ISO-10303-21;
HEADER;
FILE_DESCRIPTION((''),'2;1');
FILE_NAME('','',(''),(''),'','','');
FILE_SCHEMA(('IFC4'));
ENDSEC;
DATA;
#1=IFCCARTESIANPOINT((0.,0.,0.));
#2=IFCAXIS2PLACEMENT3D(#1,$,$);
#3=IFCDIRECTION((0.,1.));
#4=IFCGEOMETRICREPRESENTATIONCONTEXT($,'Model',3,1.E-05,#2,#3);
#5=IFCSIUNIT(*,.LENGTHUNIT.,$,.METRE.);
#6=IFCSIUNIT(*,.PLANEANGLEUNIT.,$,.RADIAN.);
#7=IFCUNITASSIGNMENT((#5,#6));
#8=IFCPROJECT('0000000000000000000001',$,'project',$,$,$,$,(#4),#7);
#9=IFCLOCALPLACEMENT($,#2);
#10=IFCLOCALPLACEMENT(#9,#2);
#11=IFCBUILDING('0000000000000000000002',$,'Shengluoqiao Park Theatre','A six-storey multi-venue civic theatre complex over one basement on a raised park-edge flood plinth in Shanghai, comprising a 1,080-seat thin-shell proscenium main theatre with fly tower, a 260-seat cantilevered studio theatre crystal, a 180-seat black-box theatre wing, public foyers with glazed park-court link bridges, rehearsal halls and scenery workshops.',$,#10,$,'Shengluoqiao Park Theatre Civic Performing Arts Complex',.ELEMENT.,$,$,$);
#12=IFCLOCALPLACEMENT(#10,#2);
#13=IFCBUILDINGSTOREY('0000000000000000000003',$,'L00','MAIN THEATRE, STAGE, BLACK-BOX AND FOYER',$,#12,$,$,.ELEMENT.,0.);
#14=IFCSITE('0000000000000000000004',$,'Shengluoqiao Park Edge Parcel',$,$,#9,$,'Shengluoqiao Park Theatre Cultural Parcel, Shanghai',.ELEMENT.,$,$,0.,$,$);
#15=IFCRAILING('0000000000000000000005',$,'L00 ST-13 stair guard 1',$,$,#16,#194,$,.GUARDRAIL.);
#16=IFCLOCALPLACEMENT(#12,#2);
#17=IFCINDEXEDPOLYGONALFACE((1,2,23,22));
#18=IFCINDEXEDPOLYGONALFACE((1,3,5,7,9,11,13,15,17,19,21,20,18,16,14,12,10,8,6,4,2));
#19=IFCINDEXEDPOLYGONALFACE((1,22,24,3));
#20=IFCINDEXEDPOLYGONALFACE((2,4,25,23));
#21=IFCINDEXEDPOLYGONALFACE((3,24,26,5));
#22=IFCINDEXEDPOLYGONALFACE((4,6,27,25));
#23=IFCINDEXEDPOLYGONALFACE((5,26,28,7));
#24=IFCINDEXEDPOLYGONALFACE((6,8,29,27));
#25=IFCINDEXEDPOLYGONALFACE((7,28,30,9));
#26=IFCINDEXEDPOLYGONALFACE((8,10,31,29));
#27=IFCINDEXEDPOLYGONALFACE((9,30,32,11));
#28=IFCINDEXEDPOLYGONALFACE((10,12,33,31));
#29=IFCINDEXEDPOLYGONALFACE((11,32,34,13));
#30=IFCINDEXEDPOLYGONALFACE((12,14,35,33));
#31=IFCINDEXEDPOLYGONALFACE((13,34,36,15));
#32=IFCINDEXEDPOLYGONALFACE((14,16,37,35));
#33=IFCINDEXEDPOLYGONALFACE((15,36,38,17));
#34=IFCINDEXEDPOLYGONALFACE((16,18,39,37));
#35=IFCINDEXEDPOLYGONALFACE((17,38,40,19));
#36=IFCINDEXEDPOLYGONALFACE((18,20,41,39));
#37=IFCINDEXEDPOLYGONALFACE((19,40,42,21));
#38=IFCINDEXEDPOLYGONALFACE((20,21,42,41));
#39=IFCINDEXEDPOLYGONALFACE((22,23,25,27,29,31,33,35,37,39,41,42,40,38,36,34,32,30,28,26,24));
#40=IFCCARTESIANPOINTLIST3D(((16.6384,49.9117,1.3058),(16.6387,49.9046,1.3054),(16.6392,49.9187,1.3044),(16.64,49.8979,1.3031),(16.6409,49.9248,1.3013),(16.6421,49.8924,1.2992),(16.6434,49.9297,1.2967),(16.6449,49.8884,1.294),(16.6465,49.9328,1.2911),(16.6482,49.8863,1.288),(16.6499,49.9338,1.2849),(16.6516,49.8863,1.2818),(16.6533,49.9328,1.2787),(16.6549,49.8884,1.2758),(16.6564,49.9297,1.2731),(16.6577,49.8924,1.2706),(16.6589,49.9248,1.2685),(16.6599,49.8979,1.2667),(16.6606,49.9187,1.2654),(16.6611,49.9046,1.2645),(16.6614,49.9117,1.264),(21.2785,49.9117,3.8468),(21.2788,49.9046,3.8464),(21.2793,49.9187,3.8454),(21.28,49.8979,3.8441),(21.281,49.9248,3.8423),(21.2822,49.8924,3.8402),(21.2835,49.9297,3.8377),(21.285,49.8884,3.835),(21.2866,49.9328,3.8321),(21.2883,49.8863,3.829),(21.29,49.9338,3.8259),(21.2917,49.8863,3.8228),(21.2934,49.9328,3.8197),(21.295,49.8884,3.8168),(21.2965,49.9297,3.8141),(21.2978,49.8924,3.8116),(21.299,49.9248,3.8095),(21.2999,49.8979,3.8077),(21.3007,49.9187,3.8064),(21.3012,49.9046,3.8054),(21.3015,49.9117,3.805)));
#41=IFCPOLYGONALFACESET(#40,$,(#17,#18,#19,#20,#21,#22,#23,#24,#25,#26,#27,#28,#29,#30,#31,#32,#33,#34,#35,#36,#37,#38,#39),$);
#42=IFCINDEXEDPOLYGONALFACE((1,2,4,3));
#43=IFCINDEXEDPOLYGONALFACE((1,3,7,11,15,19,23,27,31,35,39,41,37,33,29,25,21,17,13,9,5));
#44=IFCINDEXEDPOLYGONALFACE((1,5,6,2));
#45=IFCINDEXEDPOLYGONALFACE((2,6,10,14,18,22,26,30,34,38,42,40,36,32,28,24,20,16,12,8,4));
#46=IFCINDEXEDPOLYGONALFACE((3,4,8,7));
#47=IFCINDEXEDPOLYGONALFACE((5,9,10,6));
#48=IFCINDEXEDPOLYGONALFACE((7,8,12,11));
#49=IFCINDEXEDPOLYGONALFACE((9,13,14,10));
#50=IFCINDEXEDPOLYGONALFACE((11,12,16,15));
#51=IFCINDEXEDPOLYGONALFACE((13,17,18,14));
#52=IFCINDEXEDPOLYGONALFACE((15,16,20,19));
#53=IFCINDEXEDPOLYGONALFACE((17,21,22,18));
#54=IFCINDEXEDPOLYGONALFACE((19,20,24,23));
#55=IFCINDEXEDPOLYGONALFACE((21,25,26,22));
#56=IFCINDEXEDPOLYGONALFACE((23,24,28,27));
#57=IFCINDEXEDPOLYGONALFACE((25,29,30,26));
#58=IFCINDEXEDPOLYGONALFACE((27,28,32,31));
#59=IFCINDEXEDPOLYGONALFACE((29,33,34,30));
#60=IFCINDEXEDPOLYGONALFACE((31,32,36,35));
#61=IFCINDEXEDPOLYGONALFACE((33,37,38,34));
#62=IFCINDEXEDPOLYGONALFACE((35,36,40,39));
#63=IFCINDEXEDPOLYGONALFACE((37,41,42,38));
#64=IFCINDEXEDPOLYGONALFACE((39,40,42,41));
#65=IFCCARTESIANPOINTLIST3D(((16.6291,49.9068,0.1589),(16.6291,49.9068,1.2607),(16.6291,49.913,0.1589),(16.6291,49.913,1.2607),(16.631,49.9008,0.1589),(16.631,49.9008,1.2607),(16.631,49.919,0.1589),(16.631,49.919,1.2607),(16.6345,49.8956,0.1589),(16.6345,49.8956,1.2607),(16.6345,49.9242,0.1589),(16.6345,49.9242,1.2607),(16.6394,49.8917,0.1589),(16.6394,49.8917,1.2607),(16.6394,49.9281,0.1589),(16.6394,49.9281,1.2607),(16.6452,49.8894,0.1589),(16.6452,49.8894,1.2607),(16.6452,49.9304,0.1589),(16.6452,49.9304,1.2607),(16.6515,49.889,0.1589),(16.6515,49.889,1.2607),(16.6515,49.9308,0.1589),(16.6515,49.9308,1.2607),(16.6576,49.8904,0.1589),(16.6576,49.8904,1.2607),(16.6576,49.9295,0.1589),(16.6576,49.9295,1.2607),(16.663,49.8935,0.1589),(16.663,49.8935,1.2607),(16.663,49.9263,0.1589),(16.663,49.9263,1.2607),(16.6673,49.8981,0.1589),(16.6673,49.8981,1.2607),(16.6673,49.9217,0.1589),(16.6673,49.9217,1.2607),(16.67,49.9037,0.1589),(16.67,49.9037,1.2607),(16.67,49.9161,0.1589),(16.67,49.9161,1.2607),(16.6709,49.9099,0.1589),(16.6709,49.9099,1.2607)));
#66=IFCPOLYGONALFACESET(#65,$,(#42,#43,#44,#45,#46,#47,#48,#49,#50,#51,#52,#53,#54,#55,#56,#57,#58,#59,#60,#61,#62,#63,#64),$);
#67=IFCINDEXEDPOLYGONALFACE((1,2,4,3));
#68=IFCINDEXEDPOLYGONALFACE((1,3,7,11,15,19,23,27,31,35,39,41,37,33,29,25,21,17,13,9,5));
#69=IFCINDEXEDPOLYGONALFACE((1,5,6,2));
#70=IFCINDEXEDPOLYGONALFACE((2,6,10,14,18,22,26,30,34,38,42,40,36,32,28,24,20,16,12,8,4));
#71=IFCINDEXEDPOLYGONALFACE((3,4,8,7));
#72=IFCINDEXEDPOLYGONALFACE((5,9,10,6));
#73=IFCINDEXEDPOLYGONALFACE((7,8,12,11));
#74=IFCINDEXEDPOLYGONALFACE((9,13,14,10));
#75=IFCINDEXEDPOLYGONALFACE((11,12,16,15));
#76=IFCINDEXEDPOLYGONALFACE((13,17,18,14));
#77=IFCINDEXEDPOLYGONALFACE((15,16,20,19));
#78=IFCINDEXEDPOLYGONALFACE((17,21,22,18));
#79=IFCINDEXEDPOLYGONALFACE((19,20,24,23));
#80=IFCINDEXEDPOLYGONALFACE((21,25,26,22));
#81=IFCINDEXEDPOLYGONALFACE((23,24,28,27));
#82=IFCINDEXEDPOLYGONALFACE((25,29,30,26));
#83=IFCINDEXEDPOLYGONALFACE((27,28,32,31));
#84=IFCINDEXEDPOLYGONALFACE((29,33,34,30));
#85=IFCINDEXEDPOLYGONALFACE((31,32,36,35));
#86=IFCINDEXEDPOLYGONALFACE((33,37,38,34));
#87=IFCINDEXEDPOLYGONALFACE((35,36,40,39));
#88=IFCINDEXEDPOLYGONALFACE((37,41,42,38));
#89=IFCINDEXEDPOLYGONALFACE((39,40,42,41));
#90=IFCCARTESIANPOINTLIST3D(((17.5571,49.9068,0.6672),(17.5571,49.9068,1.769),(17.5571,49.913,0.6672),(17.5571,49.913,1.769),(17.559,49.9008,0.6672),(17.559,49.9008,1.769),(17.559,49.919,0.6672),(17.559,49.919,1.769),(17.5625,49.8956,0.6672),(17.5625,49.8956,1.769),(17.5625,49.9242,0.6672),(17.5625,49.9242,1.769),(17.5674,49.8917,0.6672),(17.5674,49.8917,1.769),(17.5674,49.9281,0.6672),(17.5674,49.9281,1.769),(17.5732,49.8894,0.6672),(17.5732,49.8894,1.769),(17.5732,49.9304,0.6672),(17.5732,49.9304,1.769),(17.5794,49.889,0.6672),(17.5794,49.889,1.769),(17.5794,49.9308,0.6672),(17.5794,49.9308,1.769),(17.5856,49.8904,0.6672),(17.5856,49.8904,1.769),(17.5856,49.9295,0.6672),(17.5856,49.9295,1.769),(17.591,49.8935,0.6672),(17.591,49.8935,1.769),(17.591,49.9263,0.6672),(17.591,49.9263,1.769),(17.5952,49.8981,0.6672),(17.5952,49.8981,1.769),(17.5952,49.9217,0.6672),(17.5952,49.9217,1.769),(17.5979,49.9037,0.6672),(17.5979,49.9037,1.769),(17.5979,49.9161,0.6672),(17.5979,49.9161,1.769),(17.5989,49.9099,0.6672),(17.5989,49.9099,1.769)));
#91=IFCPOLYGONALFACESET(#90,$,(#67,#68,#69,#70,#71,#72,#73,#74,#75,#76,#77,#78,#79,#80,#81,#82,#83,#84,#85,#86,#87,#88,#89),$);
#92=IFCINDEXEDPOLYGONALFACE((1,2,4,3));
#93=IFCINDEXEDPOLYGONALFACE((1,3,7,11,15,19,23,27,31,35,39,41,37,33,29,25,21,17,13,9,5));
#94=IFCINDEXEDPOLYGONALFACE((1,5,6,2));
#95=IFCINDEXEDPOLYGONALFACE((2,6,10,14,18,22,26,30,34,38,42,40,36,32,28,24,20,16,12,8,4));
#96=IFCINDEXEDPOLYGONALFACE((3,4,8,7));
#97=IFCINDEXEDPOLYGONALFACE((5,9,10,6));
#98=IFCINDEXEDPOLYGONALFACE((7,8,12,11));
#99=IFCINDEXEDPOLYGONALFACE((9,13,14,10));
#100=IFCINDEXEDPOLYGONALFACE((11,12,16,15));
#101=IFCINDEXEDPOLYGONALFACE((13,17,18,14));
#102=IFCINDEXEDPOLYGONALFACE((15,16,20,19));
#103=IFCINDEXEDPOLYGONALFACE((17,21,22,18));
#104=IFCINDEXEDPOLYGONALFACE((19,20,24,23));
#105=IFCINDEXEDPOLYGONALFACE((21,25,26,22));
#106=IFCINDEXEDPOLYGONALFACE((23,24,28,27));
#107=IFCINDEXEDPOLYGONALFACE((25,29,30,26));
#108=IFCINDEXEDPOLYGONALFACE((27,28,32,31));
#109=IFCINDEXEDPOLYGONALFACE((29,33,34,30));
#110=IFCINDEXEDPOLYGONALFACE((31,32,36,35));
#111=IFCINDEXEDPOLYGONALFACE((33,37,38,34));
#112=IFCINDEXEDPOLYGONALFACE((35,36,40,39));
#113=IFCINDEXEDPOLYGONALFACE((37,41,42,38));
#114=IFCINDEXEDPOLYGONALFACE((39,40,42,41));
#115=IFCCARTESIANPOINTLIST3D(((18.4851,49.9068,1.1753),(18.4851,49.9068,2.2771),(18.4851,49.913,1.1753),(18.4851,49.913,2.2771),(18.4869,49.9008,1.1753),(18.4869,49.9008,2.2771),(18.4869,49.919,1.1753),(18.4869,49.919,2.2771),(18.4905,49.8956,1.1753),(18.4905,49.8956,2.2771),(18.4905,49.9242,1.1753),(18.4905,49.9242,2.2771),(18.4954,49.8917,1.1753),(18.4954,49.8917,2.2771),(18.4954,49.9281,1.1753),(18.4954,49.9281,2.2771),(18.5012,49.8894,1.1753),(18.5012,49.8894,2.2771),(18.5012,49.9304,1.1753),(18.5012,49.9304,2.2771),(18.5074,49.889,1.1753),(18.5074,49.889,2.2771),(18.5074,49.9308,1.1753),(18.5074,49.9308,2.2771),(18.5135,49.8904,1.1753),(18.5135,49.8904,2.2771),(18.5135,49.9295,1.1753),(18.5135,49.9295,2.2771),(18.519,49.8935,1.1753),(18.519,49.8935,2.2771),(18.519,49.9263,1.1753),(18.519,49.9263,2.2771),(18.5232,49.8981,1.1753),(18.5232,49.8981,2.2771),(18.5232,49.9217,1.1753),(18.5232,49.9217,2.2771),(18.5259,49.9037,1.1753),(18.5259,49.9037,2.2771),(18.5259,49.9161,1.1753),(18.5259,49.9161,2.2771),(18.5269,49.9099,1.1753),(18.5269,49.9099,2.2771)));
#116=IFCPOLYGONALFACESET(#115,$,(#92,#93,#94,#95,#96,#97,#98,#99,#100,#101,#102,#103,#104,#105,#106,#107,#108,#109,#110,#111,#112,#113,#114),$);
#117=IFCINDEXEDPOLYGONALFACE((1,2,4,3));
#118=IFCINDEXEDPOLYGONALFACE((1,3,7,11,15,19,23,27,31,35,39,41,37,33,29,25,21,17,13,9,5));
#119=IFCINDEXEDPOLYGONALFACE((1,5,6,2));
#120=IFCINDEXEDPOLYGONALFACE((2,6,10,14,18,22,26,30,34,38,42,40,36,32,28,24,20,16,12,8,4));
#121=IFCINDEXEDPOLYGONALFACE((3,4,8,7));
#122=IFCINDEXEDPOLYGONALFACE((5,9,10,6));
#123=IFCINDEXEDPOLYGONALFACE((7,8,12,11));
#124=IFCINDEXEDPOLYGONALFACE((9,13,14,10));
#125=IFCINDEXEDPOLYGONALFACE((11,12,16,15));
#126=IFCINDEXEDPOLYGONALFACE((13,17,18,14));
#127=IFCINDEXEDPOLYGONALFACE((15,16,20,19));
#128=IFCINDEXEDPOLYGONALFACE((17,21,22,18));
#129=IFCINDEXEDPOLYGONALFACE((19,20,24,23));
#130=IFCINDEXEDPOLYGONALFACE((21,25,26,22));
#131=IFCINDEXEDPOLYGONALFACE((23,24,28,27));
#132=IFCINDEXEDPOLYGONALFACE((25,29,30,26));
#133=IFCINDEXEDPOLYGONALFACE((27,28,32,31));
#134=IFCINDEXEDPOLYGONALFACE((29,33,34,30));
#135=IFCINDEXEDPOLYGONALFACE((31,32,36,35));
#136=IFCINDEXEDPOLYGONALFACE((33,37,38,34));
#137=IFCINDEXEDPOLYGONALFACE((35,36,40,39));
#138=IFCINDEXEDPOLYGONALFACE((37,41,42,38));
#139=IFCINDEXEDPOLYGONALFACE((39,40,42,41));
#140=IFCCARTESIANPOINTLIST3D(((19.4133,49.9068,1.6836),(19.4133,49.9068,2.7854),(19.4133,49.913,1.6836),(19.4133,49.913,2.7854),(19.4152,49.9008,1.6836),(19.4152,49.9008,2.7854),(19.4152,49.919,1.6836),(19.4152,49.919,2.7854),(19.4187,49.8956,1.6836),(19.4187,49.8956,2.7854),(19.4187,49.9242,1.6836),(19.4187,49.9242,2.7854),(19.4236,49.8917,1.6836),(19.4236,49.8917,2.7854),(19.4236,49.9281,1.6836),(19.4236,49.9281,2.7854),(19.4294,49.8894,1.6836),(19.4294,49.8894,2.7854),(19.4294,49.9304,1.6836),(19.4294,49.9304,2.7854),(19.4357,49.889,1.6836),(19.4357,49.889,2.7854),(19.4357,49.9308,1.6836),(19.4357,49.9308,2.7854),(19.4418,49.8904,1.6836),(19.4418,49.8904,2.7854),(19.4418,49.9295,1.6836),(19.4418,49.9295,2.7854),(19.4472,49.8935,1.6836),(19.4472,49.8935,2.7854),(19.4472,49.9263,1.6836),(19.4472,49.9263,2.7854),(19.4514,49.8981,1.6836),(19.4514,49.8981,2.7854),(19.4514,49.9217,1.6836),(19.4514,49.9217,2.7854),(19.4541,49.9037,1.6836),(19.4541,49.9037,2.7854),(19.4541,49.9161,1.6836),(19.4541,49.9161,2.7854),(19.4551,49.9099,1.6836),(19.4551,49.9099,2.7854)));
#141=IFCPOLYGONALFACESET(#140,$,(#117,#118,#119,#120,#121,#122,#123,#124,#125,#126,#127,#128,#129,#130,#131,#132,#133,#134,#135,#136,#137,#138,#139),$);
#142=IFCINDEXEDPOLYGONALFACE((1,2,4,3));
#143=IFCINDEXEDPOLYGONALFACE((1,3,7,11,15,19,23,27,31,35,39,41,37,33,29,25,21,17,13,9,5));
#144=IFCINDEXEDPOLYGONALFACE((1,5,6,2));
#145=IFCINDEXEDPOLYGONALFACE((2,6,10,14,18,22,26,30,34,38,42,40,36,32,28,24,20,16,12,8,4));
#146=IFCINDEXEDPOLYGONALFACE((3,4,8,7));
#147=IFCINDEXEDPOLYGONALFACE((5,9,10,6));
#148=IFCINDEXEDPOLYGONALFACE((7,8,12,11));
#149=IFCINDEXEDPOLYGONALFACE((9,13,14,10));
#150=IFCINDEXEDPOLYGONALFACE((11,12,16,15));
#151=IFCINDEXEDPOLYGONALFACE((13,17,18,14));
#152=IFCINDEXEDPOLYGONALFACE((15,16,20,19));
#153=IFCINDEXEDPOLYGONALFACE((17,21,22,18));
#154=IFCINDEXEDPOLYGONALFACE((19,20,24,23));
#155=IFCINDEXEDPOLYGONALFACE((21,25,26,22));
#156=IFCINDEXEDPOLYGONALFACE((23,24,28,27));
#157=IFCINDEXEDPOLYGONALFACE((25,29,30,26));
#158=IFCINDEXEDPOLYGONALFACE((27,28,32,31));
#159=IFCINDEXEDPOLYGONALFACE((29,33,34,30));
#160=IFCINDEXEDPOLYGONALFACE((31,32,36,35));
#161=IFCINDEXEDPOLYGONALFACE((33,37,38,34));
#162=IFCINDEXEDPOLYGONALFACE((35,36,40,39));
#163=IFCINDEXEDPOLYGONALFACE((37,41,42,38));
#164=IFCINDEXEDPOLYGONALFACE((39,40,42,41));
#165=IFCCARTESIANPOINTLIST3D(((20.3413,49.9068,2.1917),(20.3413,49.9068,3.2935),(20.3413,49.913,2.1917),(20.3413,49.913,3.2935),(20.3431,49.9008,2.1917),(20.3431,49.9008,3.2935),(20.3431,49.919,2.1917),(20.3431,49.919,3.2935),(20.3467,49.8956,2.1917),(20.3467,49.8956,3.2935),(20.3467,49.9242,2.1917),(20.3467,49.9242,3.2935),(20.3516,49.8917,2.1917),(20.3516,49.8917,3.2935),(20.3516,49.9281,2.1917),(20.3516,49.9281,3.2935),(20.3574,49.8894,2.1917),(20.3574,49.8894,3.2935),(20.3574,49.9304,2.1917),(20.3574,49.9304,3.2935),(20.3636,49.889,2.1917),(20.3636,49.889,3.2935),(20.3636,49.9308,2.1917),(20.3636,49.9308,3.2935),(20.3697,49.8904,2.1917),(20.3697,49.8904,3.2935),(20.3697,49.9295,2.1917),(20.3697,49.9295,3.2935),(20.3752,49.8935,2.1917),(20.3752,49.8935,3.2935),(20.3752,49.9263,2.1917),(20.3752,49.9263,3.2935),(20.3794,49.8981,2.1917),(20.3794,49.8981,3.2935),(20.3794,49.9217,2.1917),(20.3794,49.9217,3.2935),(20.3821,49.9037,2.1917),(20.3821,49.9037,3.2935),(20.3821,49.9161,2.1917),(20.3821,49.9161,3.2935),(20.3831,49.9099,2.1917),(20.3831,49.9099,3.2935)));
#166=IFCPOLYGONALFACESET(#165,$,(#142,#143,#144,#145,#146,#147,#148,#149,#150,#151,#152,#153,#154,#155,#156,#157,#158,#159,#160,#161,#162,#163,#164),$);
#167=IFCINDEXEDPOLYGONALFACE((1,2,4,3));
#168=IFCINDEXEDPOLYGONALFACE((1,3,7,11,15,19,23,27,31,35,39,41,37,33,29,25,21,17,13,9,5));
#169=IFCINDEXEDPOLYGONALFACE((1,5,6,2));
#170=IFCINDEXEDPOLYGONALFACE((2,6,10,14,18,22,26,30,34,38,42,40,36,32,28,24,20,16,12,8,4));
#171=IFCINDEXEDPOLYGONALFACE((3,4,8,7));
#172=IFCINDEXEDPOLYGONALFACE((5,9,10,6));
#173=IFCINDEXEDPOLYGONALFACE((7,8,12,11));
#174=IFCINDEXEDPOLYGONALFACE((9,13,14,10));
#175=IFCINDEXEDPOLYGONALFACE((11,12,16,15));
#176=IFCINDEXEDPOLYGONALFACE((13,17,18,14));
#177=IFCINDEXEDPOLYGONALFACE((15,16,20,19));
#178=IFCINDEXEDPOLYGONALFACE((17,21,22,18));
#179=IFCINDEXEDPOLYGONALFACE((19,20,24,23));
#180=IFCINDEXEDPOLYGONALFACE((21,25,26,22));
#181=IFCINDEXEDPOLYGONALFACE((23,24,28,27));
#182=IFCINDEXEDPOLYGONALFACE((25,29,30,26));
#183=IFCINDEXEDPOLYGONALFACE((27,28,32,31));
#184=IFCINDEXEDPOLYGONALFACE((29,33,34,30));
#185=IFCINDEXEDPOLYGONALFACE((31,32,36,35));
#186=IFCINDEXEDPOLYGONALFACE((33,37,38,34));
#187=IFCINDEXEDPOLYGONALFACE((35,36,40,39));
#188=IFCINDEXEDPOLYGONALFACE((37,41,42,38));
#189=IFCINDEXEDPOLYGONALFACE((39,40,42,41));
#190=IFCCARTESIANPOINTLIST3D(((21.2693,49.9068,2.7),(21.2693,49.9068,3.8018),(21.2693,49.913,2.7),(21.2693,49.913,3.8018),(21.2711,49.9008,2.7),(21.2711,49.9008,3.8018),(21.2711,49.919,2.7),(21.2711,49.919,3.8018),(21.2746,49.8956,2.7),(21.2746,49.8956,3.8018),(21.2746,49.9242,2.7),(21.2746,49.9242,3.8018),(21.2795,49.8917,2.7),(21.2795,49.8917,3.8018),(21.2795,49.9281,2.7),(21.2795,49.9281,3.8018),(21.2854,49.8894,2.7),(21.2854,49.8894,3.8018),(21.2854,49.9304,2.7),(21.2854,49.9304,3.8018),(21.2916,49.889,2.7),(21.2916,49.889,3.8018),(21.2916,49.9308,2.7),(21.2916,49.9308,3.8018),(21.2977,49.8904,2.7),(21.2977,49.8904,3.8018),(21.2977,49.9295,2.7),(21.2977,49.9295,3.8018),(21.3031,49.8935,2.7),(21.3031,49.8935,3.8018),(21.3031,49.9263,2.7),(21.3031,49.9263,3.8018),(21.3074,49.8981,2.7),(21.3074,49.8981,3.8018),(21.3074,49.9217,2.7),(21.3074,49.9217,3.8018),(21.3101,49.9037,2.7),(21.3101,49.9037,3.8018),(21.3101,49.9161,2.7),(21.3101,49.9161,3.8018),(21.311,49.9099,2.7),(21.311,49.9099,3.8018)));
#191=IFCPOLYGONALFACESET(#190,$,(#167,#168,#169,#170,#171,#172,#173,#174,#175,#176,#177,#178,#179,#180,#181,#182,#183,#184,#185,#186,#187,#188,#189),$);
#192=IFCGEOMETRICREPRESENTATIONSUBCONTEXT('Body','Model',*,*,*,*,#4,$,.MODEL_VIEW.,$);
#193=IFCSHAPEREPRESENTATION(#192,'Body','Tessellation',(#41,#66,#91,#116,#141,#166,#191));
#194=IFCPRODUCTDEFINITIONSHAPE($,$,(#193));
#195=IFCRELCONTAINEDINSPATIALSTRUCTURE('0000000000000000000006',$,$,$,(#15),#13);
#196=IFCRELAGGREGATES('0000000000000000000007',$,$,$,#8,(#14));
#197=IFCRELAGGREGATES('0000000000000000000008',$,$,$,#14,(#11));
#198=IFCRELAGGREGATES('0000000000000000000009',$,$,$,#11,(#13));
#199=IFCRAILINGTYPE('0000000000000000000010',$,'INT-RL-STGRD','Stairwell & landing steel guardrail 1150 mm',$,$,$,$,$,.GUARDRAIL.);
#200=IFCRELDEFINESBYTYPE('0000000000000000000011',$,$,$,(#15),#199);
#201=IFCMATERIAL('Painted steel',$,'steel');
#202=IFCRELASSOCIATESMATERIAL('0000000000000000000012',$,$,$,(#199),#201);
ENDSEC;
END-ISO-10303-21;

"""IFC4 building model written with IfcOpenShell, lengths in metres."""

from ifc_helpers import new_model, si_unit, direction, frame, origin, origin_2d, place, context, subcontext, project, spatial, circle, extrude, material, type_object, element, save


model = new_model("IFC4")

# Units and contexts
model_context = context("Model", 3, precision=1e-05, world=origin(), true_north=direction((0.0, 1.0)))
body_context = subcontext(model_context, "Body", "Model", "MODEL_VIEW")
ifc_project = project(units=[si_unit("LENGTHUNIT", "METRE"), si_unit("PLANEANGLEUNIT", "RADIAN")], contexts=[model_context])

# Site, building, storey
site_placement = place(None, origin())
site = spatial("IfcSite", under=ifc_project, at=site_placement, Name="Shengluoqiao Park Edge Parcel", LongName="Shengluoqiao Park Theatre Cultural Parcel, Shanghai", CompositionType="ELEMENT", RefElevation=0.0)
building_placement = place(site_placement, origin())
building = spatial("IfcBuilding", under=site, at=building_placement, Name="Shengluoqiao Park Theatre", Description="A six-storey multi-venue civic theatre complex over one basement on a raised park-edge flood plinth in Shanghai, comprising a 1,080-seat thin-shell proscenium main theatre with fly tower, a 260-seat cantilevered studio theatre crystal, a 180-seat black-box theatre wing, public foyers with glazed park-court link bridges, rehearsal halls and scenery workshops.", LongName="Shengluoqiao Park Theatre Civic Performing Arts Complex", CompositionType="ELEMENT")
storey_placement = place(building_placement, origin())
storey = spatial("IfcBuildingStorey", under=building, at=storey_placement, Name="L00", Description="MAIN THEATRE, STAGE, BLACK-BOX AND FOYER", CompositionType="ELEMENT", Elevation=0.0)

# Railing
ifc_material_1 = material(Name="Painted steel", Category="steel")
railing_type_1 = type_object("IfcRailingType", Name="INT-RL-STGRD", Description="Stairwell & landing steel guardrail 1150 mm", PredefinedType="GUARDRAIL", material=ifc_material_1)
railing_1_placement = place(storey_placement, frame((16.6499, 49.9099, 0.1589)))
element("IfcRailing", 1, at=railing_1_placement, inside=storey, type_object=railing_type_1, Name="L00 ST-13 stair guard 1", PredefinedType="GUARDRAIL", context=body_context, shape_type="SweptSolid", body=[
    extrude(circle(Radius=0.0239, at=origin_2d()), frame((0.0, 0.0, 1.126), z_axis=(0.877097, 0.0, 0.480313), x_axis=(0.0, 1.0, 0.0)), (0.0, 0.0, 1.0), 5.2903),
    extrude(circle(Radius=0.021, at=origin_2d()), origin(), (0.0, 0.0, 1.0), 1.1018),
    extrude(circle(Radius=0.021, at=origin_2d()), frame((0.928, 0.0, 0.5083)), (0.0, 0.0, 1.0), 1.1018),
    extrude(circle(Radius=0.021, at=origin_2d()), frame((1.856, 0.0, 1.0164)), (0.0, 0.0, 1.0), 1.1018),
    extrude(circle(Radius=0.021, at=origin_2d()), frame((2.7842, 0.0, 1.5247)), (0.0, 0.0, 1.0), 1.1018),
    extrude(circle(Radius=0.021, at=origin_2d()), frame((3.7122, 0.0, 2.0327)), (0.0, 0.0, 1.0), 1.1018),
    extrude(circle(Radius=0.021, at=origin_2d()), frame((4.6401, 0.0, 2.541)), (0.0, 0.0, 1.0), 1.1018),
])

save(model, "model.ifc")
